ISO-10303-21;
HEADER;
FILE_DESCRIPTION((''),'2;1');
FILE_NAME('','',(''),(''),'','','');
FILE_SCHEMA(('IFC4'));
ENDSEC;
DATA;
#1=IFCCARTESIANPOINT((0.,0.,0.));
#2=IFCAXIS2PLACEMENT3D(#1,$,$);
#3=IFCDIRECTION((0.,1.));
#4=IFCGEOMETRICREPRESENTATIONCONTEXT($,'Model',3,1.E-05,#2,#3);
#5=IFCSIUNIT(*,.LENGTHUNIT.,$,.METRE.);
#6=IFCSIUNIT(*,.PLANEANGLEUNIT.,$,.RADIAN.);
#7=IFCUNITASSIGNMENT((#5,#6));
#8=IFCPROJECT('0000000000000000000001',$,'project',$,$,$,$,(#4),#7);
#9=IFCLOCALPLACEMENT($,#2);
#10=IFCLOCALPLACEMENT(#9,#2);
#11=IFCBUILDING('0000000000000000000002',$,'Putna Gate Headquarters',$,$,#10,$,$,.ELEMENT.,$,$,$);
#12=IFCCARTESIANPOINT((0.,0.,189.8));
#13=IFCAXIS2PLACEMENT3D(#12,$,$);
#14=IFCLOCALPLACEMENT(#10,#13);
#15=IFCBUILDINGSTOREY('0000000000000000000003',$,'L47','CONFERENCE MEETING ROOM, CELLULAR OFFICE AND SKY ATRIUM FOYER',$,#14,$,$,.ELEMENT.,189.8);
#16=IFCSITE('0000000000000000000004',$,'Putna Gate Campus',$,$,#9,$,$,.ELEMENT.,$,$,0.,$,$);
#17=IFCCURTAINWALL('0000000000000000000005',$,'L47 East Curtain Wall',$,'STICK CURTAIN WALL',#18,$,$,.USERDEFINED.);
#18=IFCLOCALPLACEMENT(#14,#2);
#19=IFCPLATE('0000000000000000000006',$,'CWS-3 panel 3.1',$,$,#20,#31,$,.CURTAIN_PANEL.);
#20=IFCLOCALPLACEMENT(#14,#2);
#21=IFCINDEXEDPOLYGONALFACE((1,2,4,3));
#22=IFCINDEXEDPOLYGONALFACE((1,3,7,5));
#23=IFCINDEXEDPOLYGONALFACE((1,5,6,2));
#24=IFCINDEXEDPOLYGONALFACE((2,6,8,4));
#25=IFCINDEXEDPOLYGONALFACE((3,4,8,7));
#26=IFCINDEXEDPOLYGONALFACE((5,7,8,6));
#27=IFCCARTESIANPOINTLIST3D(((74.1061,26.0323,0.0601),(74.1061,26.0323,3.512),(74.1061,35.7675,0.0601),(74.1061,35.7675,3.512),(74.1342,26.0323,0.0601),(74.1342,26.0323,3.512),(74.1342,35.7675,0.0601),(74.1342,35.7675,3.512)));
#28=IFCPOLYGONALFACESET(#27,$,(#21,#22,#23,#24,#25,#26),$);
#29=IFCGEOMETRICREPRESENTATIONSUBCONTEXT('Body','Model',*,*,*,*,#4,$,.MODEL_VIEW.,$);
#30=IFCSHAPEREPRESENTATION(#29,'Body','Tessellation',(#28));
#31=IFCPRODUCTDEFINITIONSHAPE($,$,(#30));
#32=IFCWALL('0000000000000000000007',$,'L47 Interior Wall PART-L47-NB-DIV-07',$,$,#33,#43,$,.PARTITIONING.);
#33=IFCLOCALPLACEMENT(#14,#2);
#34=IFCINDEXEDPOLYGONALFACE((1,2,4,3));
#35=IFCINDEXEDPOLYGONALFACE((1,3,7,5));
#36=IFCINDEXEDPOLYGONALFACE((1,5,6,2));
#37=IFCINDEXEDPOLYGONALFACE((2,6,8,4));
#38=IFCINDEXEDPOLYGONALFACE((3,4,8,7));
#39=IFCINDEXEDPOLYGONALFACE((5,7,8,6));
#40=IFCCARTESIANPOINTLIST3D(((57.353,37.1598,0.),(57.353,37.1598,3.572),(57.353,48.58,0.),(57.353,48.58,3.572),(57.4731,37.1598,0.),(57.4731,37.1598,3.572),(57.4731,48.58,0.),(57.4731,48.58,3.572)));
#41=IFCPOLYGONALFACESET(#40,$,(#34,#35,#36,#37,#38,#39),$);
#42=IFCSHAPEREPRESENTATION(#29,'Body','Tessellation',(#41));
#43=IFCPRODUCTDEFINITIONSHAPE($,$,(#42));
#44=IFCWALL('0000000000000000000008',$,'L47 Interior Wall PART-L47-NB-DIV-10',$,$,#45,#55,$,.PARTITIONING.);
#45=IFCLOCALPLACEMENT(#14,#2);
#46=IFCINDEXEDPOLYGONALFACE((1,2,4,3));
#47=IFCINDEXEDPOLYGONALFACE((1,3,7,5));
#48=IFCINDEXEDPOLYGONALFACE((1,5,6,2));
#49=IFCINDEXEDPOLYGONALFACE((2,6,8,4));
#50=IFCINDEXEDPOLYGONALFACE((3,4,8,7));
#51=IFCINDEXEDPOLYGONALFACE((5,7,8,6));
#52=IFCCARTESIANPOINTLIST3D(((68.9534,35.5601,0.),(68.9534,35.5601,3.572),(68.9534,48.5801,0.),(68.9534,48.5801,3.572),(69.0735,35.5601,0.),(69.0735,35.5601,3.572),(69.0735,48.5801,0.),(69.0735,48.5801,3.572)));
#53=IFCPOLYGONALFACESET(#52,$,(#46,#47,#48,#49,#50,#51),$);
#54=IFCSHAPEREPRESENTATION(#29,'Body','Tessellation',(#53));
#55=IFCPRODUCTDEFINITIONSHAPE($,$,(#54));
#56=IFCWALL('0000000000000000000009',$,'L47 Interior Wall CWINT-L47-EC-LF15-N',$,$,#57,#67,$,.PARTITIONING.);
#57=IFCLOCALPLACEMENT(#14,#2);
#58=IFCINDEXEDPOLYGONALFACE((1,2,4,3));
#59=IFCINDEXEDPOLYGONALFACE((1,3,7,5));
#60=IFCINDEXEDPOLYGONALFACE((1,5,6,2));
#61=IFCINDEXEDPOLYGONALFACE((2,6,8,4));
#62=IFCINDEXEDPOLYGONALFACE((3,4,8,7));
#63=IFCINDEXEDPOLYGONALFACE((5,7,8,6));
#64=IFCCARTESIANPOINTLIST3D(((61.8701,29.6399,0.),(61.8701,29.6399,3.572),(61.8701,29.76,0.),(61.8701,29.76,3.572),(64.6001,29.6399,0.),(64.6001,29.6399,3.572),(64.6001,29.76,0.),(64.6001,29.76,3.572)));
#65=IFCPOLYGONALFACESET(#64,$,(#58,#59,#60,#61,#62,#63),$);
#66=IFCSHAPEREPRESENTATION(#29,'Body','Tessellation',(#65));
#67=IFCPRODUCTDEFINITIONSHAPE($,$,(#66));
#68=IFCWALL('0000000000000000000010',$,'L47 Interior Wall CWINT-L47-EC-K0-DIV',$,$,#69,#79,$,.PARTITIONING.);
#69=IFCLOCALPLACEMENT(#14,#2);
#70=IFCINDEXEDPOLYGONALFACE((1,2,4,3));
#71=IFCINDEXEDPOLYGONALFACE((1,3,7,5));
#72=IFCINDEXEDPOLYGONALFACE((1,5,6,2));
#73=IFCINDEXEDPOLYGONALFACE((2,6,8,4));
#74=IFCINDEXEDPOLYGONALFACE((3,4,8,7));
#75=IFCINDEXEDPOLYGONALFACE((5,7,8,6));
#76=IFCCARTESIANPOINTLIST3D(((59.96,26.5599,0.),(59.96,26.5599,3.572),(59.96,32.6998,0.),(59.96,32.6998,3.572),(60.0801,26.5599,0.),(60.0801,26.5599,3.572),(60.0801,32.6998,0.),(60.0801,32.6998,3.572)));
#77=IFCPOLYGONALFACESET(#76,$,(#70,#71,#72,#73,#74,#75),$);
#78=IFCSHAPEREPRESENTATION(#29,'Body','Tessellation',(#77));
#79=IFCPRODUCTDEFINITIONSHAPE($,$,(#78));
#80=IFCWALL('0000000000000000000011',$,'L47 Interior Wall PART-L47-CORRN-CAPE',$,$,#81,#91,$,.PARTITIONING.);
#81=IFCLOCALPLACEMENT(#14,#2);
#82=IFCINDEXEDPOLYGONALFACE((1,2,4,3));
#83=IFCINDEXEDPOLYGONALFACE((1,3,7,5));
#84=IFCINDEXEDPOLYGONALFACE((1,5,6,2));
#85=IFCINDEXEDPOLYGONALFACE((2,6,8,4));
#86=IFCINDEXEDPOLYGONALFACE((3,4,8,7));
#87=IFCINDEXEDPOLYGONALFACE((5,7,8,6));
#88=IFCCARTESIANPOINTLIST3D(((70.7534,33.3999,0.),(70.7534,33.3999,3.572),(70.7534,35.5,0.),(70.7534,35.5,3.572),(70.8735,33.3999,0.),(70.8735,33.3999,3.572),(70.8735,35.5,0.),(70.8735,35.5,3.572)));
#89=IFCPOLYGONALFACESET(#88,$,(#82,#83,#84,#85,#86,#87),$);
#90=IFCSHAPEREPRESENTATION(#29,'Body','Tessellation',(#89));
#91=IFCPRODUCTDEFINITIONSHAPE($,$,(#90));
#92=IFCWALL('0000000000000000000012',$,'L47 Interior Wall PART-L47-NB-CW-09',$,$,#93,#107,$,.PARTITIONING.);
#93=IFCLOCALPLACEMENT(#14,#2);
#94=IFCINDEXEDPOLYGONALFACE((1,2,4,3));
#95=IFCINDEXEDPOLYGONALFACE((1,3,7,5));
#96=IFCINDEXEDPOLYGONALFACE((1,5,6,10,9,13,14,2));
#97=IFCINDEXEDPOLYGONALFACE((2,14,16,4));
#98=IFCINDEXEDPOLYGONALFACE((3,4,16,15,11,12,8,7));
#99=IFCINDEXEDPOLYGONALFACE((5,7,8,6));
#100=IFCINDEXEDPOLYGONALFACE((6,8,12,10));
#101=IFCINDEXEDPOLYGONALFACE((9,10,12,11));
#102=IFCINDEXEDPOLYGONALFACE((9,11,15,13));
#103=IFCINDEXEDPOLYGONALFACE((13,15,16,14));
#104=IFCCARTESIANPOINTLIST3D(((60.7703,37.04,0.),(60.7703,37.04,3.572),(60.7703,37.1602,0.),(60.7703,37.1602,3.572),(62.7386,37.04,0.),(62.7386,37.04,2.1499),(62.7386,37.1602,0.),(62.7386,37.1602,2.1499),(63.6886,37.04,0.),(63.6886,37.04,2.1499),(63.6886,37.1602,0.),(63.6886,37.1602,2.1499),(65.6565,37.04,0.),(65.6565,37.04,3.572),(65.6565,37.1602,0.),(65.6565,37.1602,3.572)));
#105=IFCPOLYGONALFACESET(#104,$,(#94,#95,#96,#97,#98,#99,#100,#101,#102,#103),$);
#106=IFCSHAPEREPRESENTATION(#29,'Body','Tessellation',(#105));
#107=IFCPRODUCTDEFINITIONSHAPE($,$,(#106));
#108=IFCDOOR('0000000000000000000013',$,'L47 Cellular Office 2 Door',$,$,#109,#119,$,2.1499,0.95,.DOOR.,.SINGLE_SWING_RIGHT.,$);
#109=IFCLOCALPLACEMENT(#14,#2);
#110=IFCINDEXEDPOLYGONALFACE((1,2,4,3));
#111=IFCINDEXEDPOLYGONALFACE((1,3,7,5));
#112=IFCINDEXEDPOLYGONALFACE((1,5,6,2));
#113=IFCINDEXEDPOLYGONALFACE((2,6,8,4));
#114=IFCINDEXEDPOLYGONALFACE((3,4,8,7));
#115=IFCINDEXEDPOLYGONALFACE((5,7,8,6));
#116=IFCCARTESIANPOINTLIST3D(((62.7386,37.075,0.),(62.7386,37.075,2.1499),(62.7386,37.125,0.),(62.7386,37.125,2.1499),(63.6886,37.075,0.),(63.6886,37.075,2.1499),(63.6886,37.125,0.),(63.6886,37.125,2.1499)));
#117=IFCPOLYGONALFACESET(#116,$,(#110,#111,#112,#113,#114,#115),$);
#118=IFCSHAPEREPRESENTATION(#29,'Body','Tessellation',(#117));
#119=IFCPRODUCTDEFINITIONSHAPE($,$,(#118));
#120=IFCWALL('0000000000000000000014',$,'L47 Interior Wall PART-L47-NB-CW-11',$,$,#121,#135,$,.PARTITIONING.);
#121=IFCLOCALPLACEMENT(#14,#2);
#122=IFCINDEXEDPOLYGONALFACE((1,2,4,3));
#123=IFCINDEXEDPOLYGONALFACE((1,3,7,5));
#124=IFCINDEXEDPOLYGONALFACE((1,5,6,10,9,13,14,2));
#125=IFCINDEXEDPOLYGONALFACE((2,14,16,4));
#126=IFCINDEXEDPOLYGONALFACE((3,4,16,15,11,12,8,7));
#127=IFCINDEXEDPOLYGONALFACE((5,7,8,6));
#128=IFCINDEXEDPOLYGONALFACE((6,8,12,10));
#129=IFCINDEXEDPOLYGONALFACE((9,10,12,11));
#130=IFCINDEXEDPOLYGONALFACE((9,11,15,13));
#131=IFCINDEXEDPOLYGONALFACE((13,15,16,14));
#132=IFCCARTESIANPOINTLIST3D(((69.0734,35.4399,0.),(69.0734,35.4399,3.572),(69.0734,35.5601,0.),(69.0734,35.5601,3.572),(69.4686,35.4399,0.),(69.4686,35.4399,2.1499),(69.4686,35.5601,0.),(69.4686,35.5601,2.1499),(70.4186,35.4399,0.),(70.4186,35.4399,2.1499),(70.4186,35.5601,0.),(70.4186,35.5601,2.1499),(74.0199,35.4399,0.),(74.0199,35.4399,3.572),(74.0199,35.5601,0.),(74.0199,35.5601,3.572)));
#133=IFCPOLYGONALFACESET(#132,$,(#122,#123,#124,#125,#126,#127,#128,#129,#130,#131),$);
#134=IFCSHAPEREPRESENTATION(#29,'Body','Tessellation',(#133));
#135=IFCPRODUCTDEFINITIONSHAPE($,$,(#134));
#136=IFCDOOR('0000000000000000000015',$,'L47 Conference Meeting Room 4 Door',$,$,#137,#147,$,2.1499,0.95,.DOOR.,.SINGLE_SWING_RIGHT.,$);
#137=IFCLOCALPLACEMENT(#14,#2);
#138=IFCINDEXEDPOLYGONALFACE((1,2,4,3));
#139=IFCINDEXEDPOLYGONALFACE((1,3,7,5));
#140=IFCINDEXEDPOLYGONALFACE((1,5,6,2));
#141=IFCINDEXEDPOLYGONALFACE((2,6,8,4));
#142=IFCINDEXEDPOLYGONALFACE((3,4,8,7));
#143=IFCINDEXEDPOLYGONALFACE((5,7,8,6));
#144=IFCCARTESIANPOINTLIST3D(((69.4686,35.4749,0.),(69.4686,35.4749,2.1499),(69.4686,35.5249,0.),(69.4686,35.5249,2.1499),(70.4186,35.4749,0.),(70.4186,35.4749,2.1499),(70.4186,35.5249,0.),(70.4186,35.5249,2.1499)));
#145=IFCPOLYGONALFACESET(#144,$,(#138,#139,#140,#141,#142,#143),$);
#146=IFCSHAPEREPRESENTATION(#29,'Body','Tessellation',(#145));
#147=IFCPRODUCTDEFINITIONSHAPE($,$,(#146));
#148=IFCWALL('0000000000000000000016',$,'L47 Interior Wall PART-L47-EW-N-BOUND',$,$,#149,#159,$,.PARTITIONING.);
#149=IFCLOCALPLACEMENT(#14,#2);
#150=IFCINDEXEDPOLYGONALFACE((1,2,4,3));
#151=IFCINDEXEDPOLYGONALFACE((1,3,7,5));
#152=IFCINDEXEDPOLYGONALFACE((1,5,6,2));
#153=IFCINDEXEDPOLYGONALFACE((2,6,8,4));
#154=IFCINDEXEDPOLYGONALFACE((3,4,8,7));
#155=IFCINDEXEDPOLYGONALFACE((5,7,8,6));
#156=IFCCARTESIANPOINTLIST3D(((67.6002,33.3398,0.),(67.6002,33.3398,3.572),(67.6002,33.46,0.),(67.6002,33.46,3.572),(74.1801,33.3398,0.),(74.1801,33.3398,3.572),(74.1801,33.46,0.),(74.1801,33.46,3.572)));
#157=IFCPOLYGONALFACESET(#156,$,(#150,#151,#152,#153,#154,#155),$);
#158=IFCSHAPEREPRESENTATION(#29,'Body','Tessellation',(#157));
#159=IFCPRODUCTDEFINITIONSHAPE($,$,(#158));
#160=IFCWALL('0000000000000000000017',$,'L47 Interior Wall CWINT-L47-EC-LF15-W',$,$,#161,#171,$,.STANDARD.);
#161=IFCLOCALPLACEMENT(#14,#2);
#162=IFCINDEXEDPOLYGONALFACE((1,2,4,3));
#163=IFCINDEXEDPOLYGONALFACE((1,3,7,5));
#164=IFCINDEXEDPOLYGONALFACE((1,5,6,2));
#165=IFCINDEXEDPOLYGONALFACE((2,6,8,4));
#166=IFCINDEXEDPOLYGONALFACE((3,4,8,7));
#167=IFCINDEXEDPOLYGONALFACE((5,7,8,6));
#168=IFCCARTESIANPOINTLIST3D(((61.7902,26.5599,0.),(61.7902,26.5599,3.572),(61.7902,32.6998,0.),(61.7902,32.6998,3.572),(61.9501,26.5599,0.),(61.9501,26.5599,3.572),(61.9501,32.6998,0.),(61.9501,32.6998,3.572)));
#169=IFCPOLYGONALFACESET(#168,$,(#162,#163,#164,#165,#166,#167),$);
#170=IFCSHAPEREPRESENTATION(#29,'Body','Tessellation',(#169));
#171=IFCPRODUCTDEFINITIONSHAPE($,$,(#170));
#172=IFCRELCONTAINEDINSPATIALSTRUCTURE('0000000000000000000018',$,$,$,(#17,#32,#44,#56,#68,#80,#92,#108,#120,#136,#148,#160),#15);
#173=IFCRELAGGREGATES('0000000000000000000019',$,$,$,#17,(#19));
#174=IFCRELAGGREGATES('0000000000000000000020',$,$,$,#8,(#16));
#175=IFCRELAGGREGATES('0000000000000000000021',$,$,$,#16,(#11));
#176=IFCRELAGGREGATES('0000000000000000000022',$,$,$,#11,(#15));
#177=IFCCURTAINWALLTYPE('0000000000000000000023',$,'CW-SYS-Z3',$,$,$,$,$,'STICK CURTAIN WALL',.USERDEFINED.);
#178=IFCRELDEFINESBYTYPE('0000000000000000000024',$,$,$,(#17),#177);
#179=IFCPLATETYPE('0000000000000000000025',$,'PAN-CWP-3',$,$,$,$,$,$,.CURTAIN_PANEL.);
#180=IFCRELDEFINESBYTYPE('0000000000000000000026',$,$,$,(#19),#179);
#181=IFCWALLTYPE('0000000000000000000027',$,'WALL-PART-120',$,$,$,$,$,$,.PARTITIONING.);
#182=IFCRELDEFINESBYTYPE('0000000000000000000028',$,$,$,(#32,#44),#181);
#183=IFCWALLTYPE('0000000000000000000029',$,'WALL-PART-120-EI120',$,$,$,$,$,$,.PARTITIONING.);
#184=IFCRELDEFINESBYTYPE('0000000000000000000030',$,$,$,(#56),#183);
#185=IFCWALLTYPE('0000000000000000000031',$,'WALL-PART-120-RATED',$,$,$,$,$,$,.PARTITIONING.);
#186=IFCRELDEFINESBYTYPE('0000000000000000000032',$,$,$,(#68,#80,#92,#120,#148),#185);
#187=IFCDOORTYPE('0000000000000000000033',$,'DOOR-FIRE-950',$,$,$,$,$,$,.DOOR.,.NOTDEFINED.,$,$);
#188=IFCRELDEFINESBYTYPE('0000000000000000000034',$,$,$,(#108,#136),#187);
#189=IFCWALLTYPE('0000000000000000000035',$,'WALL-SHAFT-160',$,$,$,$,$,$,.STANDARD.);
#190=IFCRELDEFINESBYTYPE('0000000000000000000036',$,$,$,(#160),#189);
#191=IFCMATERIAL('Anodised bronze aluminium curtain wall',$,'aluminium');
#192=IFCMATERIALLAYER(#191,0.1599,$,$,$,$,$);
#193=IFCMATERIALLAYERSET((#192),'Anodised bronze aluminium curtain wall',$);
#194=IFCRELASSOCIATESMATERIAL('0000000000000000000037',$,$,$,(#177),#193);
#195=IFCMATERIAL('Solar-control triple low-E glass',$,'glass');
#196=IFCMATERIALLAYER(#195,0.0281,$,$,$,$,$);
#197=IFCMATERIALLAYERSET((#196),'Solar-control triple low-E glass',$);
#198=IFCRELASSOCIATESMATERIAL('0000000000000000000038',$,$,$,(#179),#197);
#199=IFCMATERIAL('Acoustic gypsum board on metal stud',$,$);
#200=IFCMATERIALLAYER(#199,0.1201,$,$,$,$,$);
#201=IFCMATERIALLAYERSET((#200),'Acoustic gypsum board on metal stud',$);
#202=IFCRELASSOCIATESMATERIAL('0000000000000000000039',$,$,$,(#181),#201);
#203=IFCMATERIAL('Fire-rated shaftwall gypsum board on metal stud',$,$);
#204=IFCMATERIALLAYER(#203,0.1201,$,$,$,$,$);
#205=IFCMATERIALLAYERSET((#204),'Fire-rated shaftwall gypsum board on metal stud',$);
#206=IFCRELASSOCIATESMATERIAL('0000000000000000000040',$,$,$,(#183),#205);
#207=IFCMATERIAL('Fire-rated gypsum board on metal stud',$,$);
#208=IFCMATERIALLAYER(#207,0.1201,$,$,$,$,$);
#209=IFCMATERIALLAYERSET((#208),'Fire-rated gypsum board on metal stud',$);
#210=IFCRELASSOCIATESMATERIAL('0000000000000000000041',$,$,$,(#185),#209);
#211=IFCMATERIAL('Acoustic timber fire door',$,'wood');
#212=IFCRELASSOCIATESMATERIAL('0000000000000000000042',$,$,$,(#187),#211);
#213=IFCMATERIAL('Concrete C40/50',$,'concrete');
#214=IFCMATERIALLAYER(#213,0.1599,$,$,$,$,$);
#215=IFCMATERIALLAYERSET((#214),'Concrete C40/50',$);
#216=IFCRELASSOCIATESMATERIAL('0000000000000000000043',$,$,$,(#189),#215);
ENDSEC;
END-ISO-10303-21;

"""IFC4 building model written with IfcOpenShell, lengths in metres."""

from ifc_helpers import new_model, si_unit, direction, frame, frame_2d, origin, origin_2d, place, context, subcontext, project, spatial, rectangle, extrude, material, layer, layer_set, type_object, element, fill, aggregate, save


model = new_model("IFC4")

# Units and contexts
model_context = context("Model", 3, precision=1e-05, world=origin(), true_north=direction((0.0, 1.0)))
body_context = subcontext(model_context, "Body", "Model", "MODEL_VIEW")
ifc_project = project(units=[si_unit("LENGTHUNIT", "METRE"), si_unit("PLANEANGLEUNIT", "RADIAN")], contexts=[model_context])

# Site, building, storey
site_placement = place(None, origin())
site = spatial("IfcSite", under=ifc_project, at=site_placement, Name="Putna Gate Campus", CompositionType="ELEMENT", RefElevation=0.0)
building_placement = place(site_placement, origin())
building = spatial("IfcBuilding", under=site, at=building_placement, Name="Putna Gate Headquarters", CompositionType="ELEMENT")
storey_placement = place(building_placement, frame((0.0, 0.0, 189.8)))
storey = spatial("IfcBuildingStorey", under=building, at=storey_placement, Name="L47", Description="CONFERENCE MEETING ROOM, CELLULAR OFFICE AND SKY ATRIUM FOYER", CompositionType="ELEMENT", Elevation=189.8)

# Curtain wall, plate
ifc_material_1 = material(Name="Anodised bronze aluminium curtain wall", Category="aluminium")
ifc_layer_1 = layer(ifc_material_1, 0.1599)
ifc_layer_set_1 = layer_set([ifc_layer_1], Name="Anodised bronze aluminium curtain wall")
curtain_wall_type = type_object("IfcCurtainWallType", Name="CW-SYS-Z3", ElementType="STICK CURTAIN WALL", PredefinedType="USERDEFINED", material=ifc_layer_set_1)
curtain_wall_placement = place(storey_placement, origin())
curtain_wall = element("IfcCurtainWall", 1, at=curtain_wall_placement, inside=storey, type_object=curtain_wall_type, Name="L47 East Curtain Wall", ObjectType="STICK CURTAIN WALL", PredefinedType="USERDEFINED")
ifc_material_2 = material(Name="Solar-control triple low-E glass", Category="glass")
ifc_layer_2 = layer(ifc_material_2, 0.0281)
ifc_layer_set_2 = layer_set([ifc_layer_2], Name="Solar-control triple low-E glass")
plate_type = type_object("IfcPlateType", Name="PAN-CWP-3", PredefinedType="CURTAIN_PANEL", material=ifc_layer_set_2)
plate_placement = place(storey_placement, frame((74.1201, 30.8999, 0.0601), z_axis=(0.0, 0.0, 1.0), x_axis=(0.0, 1.0, 0.0)))
plate = element("IfcPlate", 2, at=plate_placement, type_object=plate_type, Name="CWS-3 panel 3.1", PredefinedType="CURTAIN_PANEL", context=body_context, shape_type="SweptSolid", body=[
    extrude(rectangle(XDim=9.7351, YDim=0.0281, at=origin_2d()), origin(), (0.0, 0.0, 1.0), 3.4519),
])
aggregate(curtain_wall, [plate])

# Walls
ifc_material_3 = material(Name="Acoustic gypsum board on metal stud")
ifc_layer_3 = layer(ifc_material_3, 0.1201)
ifc_layer_set_3 = layer_set([ifc_layer_3], Name="Acoustic gypsum board on metal stud")
wall_type_1 = type_object("IfcWallType", Name="WALL-PART-120", PredefinedType="PARTITIONING", material=ifc_layer_set_3)
wall_1_placement = place(storey_placement, frame((57.4131, 37.1599, 0.0), z_axis=(0.0, 0.0, 1.0), x_axis=(0.0, 1.0, 0.0)))
element("IfcWall", 3, at=wall_1_placement, inside=storey, type_object=wall_type_1, Name="L47 Interior Wall PART-L47-NB-DIV-07", PredefinedType="PARTITIONING", context=body_context, shape_type="SweptSolid", body=[
    extrude(rectangle(XDim=11.4202, YDim=0.1201, at=frame_2d((5.71, 0.0))), origin(), (0.0, 0.0, 1.0), 3.572),
])
wall_2_placement = place(storey_placement, frame((69.0134, 35.5601, 0.0), z_axis=(0.0, 0.0, 1.0), x_axis=(0.0, 1.0, 0.0)))
element("IfcWall", 4, at=wall_2_placement, inside=storey, type_object=wall_type_1, Name="L47 Interior Wall PART-L47-NB-DIV-10", PredefinedType="PARTITIONING", context=body_context, shape_type="SweptSolid", body=[
    extrude(rectangle(XDim=13.02, YDim=0.1201, at=frame_2d((6.51, 0.0))), origin(), (0.0, 0.0, 1.0), 3.572),
])
ifc_material_4 = material(Name="Fire-rated shaftwall gypsum board on metal stud")
ifc_layer_4 = layer(ifc_material_4, 0.1201)
ifc_layer_set_4 = layer_set([ifc_layer_4], Name="Fire-rated shaftwall gypsum board on metal stud")
wall_type_2 = type_object("IfcWallType", Name="WALL-PART-120-EI120", PredefinedType="PARTITIONING", material=ifc_layer_set_4)
wall_3_placement = place(storey_placement, frame((61.8701, 29.7, 0.0), z_axis=(0.0, 0.0, 1.0), x_axis=(1.0, 0.0, 0.0)))
element("IfcWall", 5, at=wall_3_placement, inside=storey, type_object=wall_type_2, Name="L47 Interior Wall CWINT-L47-EC-LF15-N", PredefinedType="PARTITIONING", context=body_context, shape_type="SweptSolid", body=[
    extrude(rectangle(XDim=2.73, YDim=0.1201, at=frame_2d((1.365, 0.0))), origin(), (0.0, 0.0, 1.0), 3.572),
])
ifc_material_5 = material(Name="Fire-rated gypsum board on metal stud")
ifc_layer_5 = layer(ifc_material_5, 0.1201)
ifc_layer_set_5 = layer_set([ifc_layer_5], Name="Fire-rated gypsum board on metal stud")
wall_type_3 = type_object("IfcWallType", Name="WALL-PART-120-RATED", PredefinedType="PARTITIONING", material=ifc_layer_set_5)
wall_4_placement = place(storey_placement, frame((60.02, 26.5601, 0.0), z_axis=(0.0, 0.0, 1.0), x_axis=(0.0, 1.0, 0.0)))
element("IfcWall", 6, at=wall_4_placement, inside=storey, type_object=wall_type_3, Name="L47 Interior Wall CWINT-L47-EC-K0-DIV", PredefinedType="PARTITIONING", context=body_context, shape_type="SweptSolid", body=[
    extrude(rectangle(XDim=6.1399, YDim=0.1201, at=frame_2d((3.0698, 0.0))), origin(), (0.0, 0.0, 1.0), 3.572),
])
wall_5_placement = place(storey_placement, frame((70.8135, 33.3999, 0.0), z_axis=(0.0, 0.0, 1.0), x_axis=(0.0, 1.0, 0.0)))
element("IfcWall", 7, at=wall_5_placement, inside=storey, type_object=wall_type_3, Name="L47 Interior Wall PART-L47-CORRN-CAPE", PredefinedType="PARTITIONING", context=body_context, shape_type="SweptSolid", body=[
    extrude(rectangle(XDim=2.1001, YDim=0.1201, at=frame_2d((1.05, 0.0))), origin(), (0.0, 0.0, 1.0), 3.572),
])

# Walls, openings, doors
ifc_material_6 = material(Name="Acoustic timber fire door", Category="wood")
door_type = type_object("IfcDoorType", Name="DOOR-FIRE-950", OperationType="NOTDEFINED", PredefinedType="DOOR", material=ifc_material_6)
wall_6_placement = place(storey_placement, frame((60.7703, 37.1001, 0.0), z_axis=(0.0, 0.0, 1.0), x_axis=(1.0, 0.0, 0.0)))
wall_6 = element("IfcWall", 8, at=wall_6_placement, inside=storey, type_object=wall_type_3, Name="L47 Interior Wall PART-L47-NB-CW-09", PredefinedType="PARTITIONING", context=body_context, shape_type="SweptSolid", body=[
    extrude(rectangle(XDim=4.8862, YDim=0.1201, at=frame_2d((2.4431, 0.0))), origin(), (0.0, 0.0, 1.0), 3.572),
])
opening_1_placement = place(wall_6_placement, frame((1.9683, 0.0, 0.0)))
opening_1 = element("IfcOpeningElement", 9, at=opening_1_placement, cuts=wall_6, PredefinedType="OPENING", context=body_context, shape_type="SweptSolid", body=[
    extrude(rectangle(XDim=0.95, YDim=2.1499, at=frame_2d((0.4751, 1.075))), frame((0.0, 0.0701, 0.0), z_axis=(0.0, -1.0, 0.0), x_axis=(1.0, 0.0, 0.0)), (0.0, 0.0, 1.0), 0.1401),
])
door_1_placement = place(opening_1_placement, origin())
door_1 = element("IfcDoor", 10, at=door_1_placement, inside=storey, type_object=door_type, Name="L47 Cellular Office 2 Door", OperationType="SINGLE_SWING_RIGHT", OverallHeight=2.1499, OverallWidth=0.95, PredefinedType="DOOR", context=body_context, shape_type="SweptSolid", body=[
    extrude(rectangle(XDim=0.95, YDim=2.1499, at=frame_2d((0.4751, 1.075))), frame((0.0, 0.0249, 0.0), z_axis=(0.0, -1.0, 0.0), x_axis=(1.0, 0.0, 0.0)), (0.0, 0.0, 1.0), 0.05),
])
fill(opening_1, door_1)
wall_7_placement = place(storey_placement, frame((69.0735, 35.5, 0.0), z_axis=(0.0, 0.0, 1.0), x_axis=(1.0, 0.0, 0.0)))
wall_7 = element("IfcWall", 11, at=wall_7_placement, inside=storey, type_object=wall_type_3, Name="L47 Interior Wall PART-L47-NB-CW-11", PredefinedType="PARTITIONING", context=body_context, shape_type="SweptSolid", body=[
    extrude(rectangle(XDim=4.9465, YDim=0.1201, at=frame_2d((2.4731, 0.0))), origin(), (0.0, 0.0, 1.0), 3.572),
])
opening_2_placement = place(wall_7_placement, frame((0.395, 0.0, 0.0)))
opening_2 = element("IfcOpeningElement", 12, at=opening_2_placement, cuts=wall_7, PredefinedType="OPENING", context=body_context, shape_type="SweptSolid", body=[
    extrude(rectangle(XDim=0.95, YDim=2.1499, at=frame_2d((0.4751, 1.075))), frame((0.0, 0.0701, 0.0), z_axis=(0.0, -1.0, 0.0), x_axis=(1.0, 0.0, 0.0)), (0.0, 0.0, 1.0), 0.1401),
])
door_2_placement = place(opening_2_placement, origin())
door_2 = element("IfcDoor", 13, at=door_2_placement, inside=storey, type_object=door_type, Name="L47 Conference Meeting Room 4 Door", OperationType="SINGLE_SWING_RIGHT", OverallHeight=2.1499, OverallWidth=0.95, PredefinedType="DOOR", context=body_context, shape_type="SweptSolid", body=[
    extrude(rectangle(XDim=0.95, YDim=2.1499, at=frame_2d((0.4751, 1.075))), frame((0.0, 0.0249, 0.0), z_axis=(0.0, -1.0, 0.0), x_axis=(1.0, 0.0, 0.0)), (0.0, 0.0, 1.0), 0.05),
])
fill(opening_2, door_2)

# Walls
wall_8_placement = place(storey_placement, frame((67.6001, 33.3999, 0.0), z_axis=(0.0, 0.0, 1.0), x_axis=(1.0, 0.0, 0.0)))
element("IfcWall", 14, at=wall_8_placement, inside=storey, type_object=wall_type_3, Name="L47 Interior Wall PART-L47-EW-N-BOUND", PredefinedType="PARTITIONING", context=body_context, shape_type="SweptSolid", body=[
    extrude(rectangle(XDim=6.5798, YDim=0.1201, at=frame_2d((3.29, 0.0))), origin(), (0.0, 0.0, 1.0), 3.572),
])
ifc_material_7 = material(Name="Concrete C40/50", Category="concrete")
ifc_layer_6 = layer(ifc_material_7, 0.1599)
ifc_layer_set_6 = layer_set([ifc_layer_6], Name="Concrete C40/50")
wall_type_4 = type_object("IfcWallType", Name="WALL-SHAFT-160", PredefinedType="STANDARD", material=ifc_layer_set_6)
wall_9_placement = place(storey_placement, frame((61.8701, 26.5601, 0.0), z_axis=(0.0, 0.0, 1.0), x_axis=(0.0, 1.0, 0.0)))
element("IfcWall", 15, at=wall_9_placement, inside=storey, type_object=wall_type_4, Name="L47 Interior Wall CWINT-L47-EC-LF15-W", PredefinedType="STANDARD", context=body_context, shape_type="SweptSolid", body=[
    extrude(rectangle(XDim=6.1399, YDim=0.1599, at=frame_2d((3.0698, 0.0))), origin(), (0.0, 0.0, 1.0), 3.572),
])

save(model, "model.ifc")
